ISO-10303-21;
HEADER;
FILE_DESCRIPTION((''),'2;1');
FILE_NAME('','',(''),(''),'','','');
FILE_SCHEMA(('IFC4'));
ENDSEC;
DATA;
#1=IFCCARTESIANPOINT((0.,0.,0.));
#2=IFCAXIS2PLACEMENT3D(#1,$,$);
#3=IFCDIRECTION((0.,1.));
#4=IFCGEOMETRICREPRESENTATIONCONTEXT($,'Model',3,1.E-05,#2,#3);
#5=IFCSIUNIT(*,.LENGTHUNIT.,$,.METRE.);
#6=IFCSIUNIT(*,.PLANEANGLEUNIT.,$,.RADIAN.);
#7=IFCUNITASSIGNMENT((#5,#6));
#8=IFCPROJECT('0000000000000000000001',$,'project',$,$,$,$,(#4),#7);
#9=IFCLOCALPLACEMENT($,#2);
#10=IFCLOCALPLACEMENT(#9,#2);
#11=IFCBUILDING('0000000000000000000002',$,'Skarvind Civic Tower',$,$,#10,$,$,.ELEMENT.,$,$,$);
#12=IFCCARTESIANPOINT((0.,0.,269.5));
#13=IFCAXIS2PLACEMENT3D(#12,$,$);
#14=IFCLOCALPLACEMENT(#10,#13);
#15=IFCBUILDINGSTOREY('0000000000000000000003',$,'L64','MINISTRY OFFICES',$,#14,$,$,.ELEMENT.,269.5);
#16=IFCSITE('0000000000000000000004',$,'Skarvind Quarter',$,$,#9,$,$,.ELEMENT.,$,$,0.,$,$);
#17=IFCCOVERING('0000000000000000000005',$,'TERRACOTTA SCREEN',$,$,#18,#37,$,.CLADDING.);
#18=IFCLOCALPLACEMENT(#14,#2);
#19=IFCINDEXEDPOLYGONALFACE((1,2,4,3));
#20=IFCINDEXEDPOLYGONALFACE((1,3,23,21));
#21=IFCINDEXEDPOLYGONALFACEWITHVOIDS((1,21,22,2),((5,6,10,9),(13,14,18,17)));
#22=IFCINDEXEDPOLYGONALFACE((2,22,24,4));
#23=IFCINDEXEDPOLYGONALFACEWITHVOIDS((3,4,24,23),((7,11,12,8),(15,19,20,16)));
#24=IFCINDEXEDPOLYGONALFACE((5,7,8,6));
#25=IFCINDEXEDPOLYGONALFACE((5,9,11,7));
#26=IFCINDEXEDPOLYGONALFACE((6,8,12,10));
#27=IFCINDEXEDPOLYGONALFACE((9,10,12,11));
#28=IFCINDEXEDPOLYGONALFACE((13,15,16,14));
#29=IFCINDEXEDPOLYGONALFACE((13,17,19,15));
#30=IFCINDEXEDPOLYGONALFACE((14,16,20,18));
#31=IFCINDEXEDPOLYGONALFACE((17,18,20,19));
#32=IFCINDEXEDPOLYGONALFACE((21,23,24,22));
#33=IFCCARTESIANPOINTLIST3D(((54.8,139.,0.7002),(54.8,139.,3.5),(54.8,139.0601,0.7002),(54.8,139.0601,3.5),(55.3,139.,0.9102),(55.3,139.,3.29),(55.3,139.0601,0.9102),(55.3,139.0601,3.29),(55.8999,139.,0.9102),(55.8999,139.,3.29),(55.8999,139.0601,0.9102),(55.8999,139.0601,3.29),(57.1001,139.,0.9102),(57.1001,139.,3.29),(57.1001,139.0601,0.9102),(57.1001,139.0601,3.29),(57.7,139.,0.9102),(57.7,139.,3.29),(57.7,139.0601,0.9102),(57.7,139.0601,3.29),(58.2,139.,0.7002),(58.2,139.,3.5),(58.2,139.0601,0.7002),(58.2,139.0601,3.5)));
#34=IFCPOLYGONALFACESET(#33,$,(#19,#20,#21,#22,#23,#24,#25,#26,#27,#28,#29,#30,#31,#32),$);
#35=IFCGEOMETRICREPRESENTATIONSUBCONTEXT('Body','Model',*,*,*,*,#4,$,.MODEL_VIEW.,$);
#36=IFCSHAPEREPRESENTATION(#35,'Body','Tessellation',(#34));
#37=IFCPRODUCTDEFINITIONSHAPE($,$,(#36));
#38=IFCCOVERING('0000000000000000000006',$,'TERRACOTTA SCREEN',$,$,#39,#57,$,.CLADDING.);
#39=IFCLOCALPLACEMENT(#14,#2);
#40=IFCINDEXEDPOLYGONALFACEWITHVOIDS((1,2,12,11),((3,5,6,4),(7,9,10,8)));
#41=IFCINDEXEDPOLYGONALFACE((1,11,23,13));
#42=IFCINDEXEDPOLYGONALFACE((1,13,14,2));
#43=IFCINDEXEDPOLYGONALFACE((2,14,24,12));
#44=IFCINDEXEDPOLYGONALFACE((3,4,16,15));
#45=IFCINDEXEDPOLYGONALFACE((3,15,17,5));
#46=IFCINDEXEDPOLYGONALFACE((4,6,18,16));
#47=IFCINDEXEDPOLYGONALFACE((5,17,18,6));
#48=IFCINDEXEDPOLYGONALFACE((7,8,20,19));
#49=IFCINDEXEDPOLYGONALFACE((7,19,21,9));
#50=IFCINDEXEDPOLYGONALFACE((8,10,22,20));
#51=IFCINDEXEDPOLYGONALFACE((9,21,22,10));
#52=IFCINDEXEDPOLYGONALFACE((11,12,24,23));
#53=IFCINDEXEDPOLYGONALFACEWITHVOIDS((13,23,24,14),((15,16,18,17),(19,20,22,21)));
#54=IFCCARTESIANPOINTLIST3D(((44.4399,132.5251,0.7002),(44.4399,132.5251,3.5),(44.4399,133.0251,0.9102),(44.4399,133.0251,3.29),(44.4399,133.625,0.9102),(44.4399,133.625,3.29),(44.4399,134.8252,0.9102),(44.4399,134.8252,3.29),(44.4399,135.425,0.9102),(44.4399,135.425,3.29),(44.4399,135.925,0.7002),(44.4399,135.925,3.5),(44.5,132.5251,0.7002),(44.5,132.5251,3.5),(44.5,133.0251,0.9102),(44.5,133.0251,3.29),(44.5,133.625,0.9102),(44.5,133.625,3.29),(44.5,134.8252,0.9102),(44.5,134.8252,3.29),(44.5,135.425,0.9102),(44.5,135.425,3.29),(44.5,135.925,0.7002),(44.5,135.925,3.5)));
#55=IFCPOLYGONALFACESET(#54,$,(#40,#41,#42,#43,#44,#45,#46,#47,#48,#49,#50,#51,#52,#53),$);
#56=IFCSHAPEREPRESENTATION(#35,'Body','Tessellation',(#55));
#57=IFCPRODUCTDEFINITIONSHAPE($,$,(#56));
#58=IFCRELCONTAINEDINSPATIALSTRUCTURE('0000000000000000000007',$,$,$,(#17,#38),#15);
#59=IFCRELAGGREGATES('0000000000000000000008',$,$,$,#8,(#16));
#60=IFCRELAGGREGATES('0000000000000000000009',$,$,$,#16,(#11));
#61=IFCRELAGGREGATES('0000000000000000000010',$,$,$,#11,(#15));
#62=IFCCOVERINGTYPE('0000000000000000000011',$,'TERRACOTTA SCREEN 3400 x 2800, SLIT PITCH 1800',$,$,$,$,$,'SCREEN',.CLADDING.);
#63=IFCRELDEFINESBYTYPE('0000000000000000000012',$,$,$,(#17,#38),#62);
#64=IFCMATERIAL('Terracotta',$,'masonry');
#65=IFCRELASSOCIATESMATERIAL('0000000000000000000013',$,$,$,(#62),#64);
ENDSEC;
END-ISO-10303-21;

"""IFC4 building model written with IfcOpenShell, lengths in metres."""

from ifc_helpers import new_model, si_unit, direction, frame, origin, place, context, subcontext, project, spatial, polyline, outline, extrude, material, material_profile, profile_set, type_object, element, save


model = new_model("IFC4")

# Units and contexts
model_context = context("Model", 3, precision=1e-05, world=origin(), true_north=direction((0.0, 1.0)))
body_context = subcontext(model_context, "Body", "Model", "MODEL_VIEW")
ifc_project = project(units=[si_unit("LENGTHUNIT", "METRE"), si_unit("PLANEANGLEUNIT", "RADIAN")], contexts=[model_context])

# Site, building, storey
site_placement = place(None, origin())
site = spatial("IfcSite", under=ifc_project, at=site_placement, Name="Skarvind Quarter", CompositionType="ELEMENT", RefElevation=0.0)
building_placement = place(site_placement, origin())
building = spatial("IfcBuilding", under=site, at=building_placement, Name="Skarvind Civic Tower", CompositionType="ELEMENT")
storey_placement = place(building_placement, frame((0.0, 0.0, 269.5)))
storey = spatial("IfcBuildingStorey", under=building, at=storey_placement, Name="L64", Description="MINISTRY OFFICES", CompositionType="ELEMENT", Elevation=269.5)

# Coverings
ifc_material_1 = material(Name="Terracotta", Category="masonry")
ifc_material_profile_1 = material_profile(ifc_material_1, outline(polyline([(-1.7, -1.3999), (1.7, -1.3999), (1.7, 1.3999), (-1.7, 1.3999), (-1.7, -1.3999)]), holes=[polyline([(-1.2, -1.1899), (-0.6001, -1.1899), (-0.6001, 1.1899), (-1.2, 1.1899), (-1.2, -1.1899)]), polyline([(0.6001, -1.1899), (1.2, -1.1899), (1.2, 1.1899), (0.6001, 1.1899), (0.6001, -1.1899)])]), Name="TERRACOTTA SCREEN 3400 x 2800, SLIT PITCH 1800")
ifc_profile_set_1 = profile_set([ifc_material_profile_1], Name="Terracotta")
covering_type = type_object("IfcCoveringType", Name="TERRACOTTA SCREEN 3400 x 2800, SLIT PITCH 1800", ElementType="SCREEN", PredefinedType="CLADDING", material=ifc_profile_set_1)
for number, where, z_axis, x_axis, name in (
    (1, (56.5, 139.0, 2.1001), (0.0, 1.0, 0.0), (-1.0, 0.0, 0.0), "TERRACOTTA SCREEN"),
    (2, (44.5, 134.2251, 2.1001), (-1.0, 0.0, 0.0), (0.0, -1.0, 0.0), "TERRACOTTA SCREEN"),
):
    element("IfcCovering", number, at=place(storey_placement, frame(where, z_axis=z_axis, x_axis=x_axis)), inside=storey, type_object=covering_type, Name=name, PredefinedType="CLADDING", context=body_context, shape_type="SweptSolid", body=[
        extrude(outline(polyline([(-1.7, -1.3999), (1.7, -1.3999), (1.7, 1.3999), (-1.7, 1.3999), (-1.7, -1.3999)]), holes=[polyline([(-1.2, -1.1899), (-0.6001, -1.1899), (-0.6001, 1.1899), (-1.2, 1.1899), (-1.2, -1.1899)]), polyline([(0.6001, -1.1899), (1.2, -1.1899), (1.2, 1.1899), (0.6001, 1.1899), (0.6001, -1.1899)])]), origin(), (0.0, 0.0, 1.0), 0.0601),
    ])

save(model, "model.ifc")
